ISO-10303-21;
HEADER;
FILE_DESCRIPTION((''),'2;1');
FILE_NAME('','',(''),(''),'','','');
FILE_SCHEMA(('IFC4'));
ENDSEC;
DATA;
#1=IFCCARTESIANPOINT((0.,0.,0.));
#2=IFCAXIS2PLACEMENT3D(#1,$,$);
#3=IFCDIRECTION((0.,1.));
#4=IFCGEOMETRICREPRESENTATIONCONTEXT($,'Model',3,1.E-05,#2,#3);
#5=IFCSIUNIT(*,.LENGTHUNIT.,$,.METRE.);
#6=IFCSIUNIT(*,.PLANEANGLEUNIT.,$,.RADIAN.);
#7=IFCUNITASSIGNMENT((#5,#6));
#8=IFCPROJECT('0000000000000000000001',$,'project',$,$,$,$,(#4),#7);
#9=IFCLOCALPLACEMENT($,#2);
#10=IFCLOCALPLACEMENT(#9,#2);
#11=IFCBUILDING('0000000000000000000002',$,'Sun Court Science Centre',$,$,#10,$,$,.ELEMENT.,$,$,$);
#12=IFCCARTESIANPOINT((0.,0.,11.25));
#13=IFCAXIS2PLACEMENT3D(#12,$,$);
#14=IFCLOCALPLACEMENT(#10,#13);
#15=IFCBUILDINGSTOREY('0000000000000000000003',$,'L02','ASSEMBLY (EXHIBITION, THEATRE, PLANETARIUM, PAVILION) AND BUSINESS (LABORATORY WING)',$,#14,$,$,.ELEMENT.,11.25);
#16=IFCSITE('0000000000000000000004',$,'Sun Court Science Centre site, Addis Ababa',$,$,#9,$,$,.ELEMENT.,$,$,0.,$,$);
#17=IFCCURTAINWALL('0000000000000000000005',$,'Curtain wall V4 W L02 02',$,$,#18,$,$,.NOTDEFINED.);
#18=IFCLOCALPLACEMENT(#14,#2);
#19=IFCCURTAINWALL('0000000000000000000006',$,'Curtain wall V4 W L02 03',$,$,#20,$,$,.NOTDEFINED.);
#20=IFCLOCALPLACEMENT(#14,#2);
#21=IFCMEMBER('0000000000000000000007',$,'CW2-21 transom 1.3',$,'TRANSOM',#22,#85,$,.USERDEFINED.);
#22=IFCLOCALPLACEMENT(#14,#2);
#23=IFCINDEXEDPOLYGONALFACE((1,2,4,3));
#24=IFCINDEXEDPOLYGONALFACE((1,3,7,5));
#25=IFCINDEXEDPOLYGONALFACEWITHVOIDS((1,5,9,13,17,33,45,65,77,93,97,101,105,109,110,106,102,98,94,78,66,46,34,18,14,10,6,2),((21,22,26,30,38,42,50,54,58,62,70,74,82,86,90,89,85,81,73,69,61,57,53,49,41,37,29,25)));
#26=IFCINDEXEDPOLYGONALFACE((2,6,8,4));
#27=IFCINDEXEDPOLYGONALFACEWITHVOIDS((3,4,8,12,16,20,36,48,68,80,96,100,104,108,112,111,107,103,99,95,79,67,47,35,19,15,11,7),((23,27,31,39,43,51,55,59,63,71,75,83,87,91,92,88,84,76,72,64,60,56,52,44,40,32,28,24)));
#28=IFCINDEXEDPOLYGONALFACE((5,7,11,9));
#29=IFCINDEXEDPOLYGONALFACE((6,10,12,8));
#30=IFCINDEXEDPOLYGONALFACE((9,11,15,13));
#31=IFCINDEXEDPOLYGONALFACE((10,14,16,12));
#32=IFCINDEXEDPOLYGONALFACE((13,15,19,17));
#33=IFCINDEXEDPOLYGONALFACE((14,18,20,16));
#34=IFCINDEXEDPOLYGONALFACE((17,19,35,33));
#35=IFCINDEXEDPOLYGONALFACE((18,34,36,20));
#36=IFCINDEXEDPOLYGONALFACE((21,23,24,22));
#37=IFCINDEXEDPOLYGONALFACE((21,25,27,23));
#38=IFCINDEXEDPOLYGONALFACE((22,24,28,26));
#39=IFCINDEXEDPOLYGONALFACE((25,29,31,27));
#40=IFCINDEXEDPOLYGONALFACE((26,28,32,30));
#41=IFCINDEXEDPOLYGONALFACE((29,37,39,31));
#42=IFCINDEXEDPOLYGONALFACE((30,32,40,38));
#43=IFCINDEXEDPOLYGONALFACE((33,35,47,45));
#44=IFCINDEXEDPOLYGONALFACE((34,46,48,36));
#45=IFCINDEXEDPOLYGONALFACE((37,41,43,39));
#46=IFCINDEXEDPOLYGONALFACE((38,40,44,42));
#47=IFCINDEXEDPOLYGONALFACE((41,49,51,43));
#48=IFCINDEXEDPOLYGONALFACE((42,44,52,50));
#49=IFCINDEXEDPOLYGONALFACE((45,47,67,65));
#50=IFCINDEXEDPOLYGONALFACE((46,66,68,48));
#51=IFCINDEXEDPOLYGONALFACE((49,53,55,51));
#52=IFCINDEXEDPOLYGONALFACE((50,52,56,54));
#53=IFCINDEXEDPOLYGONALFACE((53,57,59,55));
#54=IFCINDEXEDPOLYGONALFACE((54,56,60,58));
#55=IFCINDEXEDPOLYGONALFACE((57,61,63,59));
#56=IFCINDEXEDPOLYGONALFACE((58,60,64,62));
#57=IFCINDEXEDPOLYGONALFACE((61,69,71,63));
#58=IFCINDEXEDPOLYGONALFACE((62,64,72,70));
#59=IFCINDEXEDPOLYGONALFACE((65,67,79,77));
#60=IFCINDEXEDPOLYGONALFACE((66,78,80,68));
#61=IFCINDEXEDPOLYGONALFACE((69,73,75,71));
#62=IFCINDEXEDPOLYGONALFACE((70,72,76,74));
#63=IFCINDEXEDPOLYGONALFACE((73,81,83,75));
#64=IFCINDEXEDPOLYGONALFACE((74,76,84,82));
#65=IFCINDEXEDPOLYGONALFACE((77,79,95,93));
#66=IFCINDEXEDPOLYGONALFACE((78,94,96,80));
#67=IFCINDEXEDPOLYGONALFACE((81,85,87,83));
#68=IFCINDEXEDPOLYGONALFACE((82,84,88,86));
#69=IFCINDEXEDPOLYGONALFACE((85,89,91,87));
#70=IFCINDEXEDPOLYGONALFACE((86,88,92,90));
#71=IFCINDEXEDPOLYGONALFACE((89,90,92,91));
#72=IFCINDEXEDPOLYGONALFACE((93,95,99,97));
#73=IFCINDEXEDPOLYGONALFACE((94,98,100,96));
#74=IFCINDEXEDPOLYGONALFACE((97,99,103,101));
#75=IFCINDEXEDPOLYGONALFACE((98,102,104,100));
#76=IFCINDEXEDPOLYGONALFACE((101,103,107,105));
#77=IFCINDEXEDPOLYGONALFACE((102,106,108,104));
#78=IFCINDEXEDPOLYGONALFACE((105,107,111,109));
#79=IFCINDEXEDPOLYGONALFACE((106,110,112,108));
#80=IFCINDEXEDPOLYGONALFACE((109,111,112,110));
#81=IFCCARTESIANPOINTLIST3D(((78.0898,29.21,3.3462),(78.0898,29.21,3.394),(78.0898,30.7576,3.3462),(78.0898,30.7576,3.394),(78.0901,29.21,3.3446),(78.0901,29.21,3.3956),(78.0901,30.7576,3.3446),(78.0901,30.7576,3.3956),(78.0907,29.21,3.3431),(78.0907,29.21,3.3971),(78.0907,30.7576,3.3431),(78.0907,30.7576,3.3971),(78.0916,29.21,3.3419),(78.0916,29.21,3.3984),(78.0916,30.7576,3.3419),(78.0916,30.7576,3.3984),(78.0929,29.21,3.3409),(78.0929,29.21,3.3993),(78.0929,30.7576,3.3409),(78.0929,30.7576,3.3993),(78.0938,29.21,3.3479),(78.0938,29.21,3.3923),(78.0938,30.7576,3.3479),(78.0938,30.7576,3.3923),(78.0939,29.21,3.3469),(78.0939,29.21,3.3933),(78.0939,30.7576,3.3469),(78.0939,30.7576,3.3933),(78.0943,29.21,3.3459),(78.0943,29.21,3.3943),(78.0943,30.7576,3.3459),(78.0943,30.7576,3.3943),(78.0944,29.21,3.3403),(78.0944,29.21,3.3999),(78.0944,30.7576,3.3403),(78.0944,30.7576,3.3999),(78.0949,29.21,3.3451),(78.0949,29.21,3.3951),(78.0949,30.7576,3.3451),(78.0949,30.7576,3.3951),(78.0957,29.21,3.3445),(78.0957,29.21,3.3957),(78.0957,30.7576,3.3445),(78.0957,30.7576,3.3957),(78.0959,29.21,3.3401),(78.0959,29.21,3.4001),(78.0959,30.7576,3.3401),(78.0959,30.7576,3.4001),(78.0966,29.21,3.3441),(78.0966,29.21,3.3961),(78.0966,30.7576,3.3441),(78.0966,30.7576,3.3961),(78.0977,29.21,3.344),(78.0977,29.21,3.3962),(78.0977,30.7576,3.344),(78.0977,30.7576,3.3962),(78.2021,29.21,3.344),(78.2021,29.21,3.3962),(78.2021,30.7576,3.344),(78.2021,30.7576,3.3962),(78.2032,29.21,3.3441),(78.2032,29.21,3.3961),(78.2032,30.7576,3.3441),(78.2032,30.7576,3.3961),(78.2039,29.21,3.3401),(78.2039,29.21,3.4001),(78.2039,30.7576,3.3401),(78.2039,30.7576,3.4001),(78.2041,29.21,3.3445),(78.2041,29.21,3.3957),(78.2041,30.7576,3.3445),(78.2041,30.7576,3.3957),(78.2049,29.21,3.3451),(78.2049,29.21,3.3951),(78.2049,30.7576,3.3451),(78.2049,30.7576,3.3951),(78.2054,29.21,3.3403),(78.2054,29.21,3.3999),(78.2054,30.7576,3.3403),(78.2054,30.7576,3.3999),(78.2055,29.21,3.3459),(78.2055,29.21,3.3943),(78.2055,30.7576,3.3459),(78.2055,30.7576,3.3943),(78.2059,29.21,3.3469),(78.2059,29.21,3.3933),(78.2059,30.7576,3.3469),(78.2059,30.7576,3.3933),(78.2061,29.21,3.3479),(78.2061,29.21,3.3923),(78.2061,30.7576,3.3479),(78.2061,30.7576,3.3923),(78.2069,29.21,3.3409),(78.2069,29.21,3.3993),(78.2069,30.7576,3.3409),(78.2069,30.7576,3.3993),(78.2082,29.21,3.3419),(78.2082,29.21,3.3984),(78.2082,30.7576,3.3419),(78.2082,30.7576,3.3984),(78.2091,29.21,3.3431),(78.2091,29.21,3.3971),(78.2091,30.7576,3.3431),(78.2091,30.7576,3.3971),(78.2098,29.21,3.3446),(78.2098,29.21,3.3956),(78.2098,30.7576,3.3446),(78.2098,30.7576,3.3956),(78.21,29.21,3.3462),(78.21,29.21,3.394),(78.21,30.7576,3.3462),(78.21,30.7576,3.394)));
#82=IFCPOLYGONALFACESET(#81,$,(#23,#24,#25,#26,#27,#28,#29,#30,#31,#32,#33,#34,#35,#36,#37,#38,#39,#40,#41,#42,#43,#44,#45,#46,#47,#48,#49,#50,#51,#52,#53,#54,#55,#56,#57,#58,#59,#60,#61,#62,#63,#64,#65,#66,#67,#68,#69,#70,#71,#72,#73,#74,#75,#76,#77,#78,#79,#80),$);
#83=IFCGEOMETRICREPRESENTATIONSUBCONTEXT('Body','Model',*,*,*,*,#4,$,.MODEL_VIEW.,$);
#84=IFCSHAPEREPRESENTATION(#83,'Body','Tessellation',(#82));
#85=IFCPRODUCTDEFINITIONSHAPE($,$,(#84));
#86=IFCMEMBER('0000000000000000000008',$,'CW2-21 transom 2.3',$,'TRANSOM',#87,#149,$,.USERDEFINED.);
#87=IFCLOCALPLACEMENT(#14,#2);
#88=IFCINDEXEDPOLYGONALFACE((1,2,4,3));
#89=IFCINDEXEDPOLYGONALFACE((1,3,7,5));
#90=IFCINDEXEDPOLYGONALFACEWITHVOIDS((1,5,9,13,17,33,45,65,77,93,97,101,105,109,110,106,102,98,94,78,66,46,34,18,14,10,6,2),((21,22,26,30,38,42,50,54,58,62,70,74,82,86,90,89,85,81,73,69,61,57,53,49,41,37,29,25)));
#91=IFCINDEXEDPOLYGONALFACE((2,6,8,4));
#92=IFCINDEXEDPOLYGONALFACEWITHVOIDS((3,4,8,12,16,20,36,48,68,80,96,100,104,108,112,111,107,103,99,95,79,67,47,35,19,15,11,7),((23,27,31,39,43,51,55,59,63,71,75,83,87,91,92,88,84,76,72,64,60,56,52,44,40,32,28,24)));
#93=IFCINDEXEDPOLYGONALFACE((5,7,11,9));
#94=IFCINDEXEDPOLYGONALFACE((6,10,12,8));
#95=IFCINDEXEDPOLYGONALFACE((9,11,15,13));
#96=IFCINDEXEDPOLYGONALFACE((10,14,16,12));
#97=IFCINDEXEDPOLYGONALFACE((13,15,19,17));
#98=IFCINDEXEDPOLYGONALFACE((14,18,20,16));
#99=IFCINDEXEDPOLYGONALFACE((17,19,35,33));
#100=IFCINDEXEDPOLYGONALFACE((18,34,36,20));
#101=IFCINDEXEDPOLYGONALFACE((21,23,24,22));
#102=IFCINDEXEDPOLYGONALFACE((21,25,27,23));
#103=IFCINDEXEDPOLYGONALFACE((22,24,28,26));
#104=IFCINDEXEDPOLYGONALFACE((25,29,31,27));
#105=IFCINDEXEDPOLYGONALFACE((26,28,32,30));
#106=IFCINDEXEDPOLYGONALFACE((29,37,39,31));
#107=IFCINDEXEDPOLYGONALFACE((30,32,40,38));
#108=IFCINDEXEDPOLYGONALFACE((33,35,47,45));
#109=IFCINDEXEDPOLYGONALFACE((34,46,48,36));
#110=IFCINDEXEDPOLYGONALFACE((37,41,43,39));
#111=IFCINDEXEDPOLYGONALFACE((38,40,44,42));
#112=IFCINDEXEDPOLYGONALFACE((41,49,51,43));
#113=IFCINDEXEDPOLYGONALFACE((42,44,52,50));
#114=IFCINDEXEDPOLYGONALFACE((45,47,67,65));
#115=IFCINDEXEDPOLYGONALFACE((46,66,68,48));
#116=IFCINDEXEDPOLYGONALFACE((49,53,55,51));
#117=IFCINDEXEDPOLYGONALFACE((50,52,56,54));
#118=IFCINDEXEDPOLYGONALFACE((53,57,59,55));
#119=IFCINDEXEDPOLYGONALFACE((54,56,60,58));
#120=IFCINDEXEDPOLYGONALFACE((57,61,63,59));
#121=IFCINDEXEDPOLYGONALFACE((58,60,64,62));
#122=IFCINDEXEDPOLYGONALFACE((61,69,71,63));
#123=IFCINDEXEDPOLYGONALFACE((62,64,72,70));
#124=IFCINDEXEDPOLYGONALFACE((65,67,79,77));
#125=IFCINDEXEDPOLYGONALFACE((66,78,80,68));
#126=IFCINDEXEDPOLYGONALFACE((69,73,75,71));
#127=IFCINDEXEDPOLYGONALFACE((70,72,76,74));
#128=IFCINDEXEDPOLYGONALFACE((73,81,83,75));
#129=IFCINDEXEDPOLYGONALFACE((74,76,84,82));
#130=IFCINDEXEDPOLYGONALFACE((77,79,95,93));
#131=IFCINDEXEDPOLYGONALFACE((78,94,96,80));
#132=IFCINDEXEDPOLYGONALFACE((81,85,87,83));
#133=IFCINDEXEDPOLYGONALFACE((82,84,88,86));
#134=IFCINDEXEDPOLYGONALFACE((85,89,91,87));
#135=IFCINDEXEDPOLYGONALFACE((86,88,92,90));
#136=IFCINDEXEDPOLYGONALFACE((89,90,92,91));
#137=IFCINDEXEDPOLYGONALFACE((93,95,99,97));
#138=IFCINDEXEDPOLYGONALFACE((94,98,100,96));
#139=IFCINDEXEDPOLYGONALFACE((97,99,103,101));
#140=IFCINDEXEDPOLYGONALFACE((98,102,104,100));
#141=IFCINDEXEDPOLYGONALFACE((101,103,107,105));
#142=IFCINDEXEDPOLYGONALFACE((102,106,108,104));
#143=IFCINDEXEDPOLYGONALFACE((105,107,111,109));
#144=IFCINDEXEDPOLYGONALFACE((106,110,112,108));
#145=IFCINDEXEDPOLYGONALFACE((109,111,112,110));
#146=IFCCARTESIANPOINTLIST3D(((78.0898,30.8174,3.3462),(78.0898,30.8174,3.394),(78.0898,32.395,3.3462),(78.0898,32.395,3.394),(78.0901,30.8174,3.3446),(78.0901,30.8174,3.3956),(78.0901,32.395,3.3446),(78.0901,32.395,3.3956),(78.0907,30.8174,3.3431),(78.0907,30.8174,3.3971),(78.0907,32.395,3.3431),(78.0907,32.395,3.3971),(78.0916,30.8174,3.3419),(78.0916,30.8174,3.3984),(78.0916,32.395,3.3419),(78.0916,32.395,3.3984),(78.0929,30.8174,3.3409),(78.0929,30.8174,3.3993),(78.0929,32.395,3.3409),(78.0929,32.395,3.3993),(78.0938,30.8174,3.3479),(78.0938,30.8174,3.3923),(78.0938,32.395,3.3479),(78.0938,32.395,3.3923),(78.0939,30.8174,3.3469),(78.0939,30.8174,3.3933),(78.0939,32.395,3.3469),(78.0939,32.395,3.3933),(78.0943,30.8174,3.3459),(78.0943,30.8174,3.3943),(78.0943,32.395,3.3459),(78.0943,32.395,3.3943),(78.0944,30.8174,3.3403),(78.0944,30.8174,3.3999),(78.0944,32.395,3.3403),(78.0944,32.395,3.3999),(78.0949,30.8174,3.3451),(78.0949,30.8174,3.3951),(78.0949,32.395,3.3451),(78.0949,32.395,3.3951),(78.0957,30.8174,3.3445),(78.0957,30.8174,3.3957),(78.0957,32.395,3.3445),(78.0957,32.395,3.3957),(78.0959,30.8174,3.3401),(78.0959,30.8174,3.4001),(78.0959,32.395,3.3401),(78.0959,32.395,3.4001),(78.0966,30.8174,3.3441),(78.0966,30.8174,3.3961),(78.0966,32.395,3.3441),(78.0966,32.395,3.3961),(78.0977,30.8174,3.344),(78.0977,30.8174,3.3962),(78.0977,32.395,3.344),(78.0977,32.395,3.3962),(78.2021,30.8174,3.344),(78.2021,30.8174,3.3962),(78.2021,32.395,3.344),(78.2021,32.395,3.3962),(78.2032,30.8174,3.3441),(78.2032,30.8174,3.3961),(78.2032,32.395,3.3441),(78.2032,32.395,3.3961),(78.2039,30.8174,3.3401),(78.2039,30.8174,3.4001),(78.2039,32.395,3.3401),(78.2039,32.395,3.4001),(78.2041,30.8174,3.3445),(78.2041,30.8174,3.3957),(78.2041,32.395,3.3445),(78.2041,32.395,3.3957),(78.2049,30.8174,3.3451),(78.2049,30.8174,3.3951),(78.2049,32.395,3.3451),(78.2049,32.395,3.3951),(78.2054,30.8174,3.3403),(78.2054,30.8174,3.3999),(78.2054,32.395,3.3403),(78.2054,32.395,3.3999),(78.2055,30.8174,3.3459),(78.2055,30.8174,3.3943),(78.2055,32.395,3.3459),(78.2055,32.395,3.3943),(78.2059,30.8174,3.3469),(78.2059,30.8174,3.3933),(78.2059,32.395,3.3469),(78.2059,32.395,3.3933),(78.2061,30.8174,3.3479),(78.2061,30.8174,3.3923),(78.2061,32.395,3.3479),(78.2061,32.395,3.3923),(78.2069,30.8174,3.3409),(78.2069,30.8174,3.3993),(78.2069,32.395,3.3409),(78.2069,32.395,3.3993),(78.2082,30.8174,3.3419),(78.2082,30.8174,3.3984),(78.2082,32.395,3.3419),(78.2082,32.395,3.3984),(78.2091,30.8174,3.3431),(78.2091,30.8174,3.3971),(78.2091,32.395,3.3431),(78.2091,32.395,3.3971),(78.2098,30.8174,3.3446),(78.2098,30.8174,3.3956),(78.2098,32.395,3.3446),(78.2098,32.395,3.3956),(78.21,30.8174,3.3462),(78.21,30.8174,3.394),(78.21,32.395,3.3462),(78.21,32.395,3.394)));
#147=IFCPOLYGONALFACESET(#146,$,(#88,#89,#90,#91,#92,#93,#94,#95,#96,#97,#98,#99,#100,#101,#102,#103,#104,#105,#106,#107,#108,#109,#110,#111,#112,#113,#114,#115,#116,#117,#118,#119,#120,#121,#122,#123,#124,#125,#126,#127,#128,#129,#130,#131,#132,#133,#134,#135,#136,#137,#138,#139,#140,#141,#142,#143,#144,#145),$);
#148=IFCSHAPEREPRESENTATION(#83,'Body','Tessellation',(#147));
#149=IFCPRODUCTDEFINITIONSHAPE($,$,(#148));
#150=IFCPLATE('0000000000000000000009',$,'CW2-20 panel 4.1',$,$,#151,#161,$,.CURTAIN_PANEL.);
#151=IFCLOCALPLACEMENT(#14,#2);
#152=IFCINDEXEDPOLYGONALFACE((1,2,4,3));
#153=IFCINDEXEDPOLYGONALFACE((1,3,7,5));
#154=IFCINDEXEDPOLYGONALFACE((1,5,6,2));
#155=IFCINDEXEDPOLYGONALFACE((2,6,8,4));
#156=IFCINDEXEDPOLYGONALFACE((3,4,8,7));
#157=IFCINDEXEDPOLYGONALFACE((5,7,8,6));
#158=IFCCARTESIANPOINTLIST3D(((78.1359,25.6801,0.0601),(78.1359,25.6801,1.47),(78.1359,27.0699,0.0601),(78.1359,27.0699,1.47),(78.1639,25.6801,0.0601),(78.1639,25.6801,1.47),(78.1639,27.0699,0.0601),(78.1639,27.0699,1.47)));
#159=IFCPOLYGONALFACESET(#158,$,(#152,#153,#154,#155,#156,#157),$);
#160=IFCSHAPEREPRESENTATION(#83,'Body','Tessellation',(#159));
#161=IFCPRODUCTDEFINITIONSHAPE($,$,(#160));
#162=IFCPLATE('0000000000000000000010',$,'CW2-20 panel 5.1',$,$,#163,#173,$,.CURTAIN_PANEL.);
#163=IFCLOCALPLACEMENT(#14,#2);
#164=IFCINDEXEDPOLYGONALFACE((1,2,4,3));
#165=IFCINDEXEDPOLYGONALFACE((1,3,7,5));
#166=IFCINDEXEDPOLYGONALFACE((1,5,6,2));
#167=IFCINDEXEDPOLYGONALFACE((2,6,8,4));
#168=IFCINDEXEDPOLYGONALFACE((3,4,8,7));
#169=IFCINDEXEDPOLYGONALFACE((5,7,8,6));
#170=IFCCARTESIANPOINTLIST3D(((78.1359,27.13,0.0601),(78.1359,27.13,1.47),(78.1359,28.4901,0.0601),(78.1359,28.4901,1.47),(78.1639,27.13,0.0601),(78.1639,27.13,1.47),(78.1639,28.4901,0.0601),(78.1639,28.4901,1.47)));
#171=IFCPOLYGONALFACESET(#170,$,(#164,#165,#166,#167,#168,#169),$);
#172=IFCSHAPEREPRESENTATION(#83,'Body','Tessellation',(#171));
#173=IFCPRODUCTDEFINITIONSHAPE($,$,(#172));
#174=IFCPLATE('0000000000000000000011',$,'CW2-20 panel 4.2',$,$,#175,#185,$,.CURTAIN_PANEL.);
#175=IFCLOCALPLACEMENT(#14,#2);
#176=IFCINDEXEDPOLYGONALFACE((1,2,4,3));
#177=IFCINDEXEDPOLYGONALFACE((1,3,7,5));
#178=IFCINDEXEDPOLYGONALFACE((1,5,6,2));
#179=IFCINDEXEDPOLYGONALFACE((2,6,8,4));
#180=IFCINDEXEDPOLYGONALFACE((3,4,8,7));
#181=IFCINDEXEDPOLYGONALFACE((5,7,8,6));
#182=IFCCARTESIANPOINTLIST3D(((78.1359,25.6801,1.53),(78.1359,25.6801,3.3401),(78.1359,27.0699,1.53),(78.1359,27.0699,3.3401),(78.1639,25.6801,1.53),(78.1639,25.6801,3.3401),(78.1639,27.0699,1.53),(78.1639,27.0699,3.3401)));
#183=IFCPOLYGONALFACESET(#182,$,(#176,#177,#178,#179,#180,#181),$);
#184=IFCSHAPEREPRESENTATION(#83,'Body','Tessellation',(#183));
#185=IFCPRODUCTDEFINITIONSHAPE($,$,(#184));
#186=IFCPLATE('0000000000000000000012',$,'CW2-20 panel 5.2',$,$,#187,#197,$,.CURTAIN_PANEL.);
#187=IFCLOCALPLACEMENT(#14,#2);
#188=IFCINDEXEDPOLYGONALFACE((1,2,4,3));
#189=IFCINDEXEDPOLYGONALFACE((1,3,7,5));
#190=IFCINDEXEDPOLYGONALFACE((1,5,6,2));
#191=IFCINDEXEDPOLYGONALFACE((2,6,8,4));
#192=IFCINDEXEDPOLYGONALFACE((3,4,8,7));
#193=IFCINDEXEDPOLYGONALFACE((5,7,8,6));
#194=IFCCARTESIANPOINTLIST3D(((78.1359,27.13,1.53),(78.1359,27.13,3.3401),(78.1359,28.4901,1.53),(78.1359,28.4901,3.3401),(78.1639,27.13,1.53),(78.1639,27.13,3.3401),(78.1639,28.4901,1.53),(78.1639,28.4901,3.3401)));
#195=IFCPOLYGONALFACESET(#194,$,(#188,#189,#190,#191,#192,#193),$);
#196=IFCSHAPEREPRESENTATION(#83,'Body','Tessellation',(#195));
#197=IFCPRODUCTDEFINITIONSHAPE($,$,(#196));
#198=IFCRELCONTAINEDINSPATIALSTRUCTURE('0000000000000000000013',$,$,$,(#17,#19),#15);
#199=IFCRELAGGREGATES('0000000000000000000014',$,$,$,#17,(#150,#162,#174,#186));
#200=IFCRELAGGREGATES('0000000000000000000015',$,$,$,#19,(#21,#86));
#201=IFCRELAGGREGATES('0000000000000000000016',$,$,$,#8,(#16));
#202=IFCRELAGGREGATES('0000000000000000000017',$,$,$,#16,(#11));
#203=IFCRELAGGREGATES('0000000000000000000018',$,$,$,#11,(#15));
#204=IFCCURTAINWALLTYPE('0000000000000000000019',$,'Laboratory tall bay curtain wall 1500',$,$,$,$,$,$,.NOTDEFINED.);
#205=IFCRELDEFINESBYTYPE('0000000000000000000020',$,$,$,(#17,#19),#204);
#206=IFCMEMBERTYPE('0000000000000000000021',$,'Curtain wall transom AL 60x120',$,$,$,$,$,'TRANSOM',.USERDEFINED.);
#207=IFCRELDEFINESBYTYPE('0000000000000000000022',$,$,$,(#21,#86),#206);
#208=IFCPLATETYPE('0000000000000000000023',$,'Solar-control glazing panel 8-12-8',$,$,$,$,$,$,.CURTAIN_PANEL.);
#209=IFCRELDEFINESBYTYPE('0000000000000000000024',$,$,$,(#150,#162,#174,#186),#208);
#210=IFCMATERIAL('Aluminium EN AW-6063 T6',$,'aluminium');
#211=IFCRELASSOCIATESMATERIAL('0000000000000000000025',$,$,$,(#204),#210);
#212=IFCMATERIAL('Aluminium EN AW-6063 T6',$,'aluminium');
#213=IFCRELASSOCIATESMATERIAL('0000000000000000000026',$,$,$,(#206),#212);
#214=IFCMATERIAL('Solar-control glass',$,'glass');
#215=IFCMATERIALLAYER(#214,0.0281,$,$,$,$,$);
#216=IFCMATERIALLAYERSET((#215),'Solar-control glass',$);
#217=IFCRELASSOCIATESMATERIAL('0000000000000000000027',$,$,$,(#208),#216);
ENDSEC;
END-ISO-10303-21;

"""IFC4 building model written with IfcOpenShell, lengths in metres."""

from ifc_helpers import new_model, si_unit, direction, frame, origin, origin_2d, place, context, subcontext, project, spatial, rectangle, hollow_rectangle, extrude, material, layer, layer_set, material_profile, profile_set, type_object, element, aggregate, save


model = new_model("IFC4")

# Units and contexts
model_context = context("Model", 3, precision=1e-05, world=origin(), true_north=direction((0.0, 1.0)))
body_context = subcontext(model_context, "Body", "Model", "MODEL_VIEW")
ifc_project = project(units=[si_unit("LENGTHUNIT", "METRE"), si_unit("PLANEANGLEUNIT", "RADIAN")], contexts=[model_context])

# Site, building, storey
site_placement = place(None, origin())
site = spatial("IfcSite", under=ifc_project, at=site_placement, Name="Sun Court Science Centre site, Addis Ababa", CompositionType="ELEMENT", RefElevation=0.0)
building_placement = place(site_placement, origin())
building = spatial("IfcBuilding", under=site, at=building_placement, Name="Sun Court Science Centre", CompositionType="ELEMENT")
storey_placement = place(building_placement, frame((0.0, 0.0, 11.25)))
storey = spatial("IfcBuildingStorey", under=building, at=storey_placement, Name="L02", Description="ASSEMBLY (EXHIBITION, THEATRE, PLANETARIUM, PAVILION) AND BUSINESS (LABORATORY WING)", CompositionType="ELEMENT", Elevation=11.25)

# Curtain walls
ifc_material_1 = material(Name="Aluminium EN AW-6063 T6", Category="aluminium")
curtain_wall_type = type_object("IfcCurtainWallType", Name="Laboratory tall bay curtain wall 1500", PredefinedType="NOTDEFINED", material=ifc_material_1)
curtain_wall_1_placement = place(storey_placement, origin())
curtain_wall_1 = element("IfcCurtainWall", 1, at=curtain_wall_1_placement, inside=storey, type_object=curtain_wall_type, Name="Curtain wall V4 W L02 02", PredefinedType="NOTDEFINED")
curtain_wall_2_placement = place(storey_placement, origin())
curtain_wall_2 = element("IfcCurtainWall", 2, at=curtain_wall_2_placement, inside=storey, type_object=curtain_wall_type, Name="Curtain wall V4 W L02 03", PredefinedType="NOTDEFINED")

# Members
ifc_material_2 = material(Name="Aluminium EN AW-6063 T6", Category="aluminium")
ifc_material_profile_1 = material_profile(ifc_material_2, hollow_rectangle(XDim=0.0601, YDim=0.1201, WallThickness=0.0039, InnerFilletRadius=0.0039, OuterFilletRadius=0.0061, at=origin_2d()), Name="AL 60x120x4")
ifc_profile_set_1 = profile_set([ifc_material_profile_1], Name="Aluminium EN AW-6063 T6")
member_type_1 = type_object("IfcMemberType", Name="Curtain wall transom AL 60x120", ElementType="TRANSOM", PredefinedType="USERDEFINED", material=ifc_profile_set_1)
member_1_placement = place(storey_placement, frame((78.1499, 29.21, 3.3701), z_axis=(0.0, 1.0, 0.0), x_axis=(0.0, 0.0, 1.0)))
member_1 = element("IfcMember", 3, at=member_1_placement, type_object=member_type_1, Name="CW2-21 transom 1.3", ObjectType="TRANSOM", PredefinedType="USERDEFINED", context=body_context, shape_type="SweptSolid", body=[
    extrude(hollow_rectangle(XDim=0.0601, YDim=0.1201, WallThickness=0.0039, InnerFilletRadius=0.0039, OuterFilletRadius=0.0061, at=origin_2d()), origin(), (0.0, 0.0, 1.0), 1.5476),
])
member_2_placement = place(storey_placement, frame((78.1499, 30.8174, 3.3701), z_axis=(0.0, 1.0, 0.0), x_axis=(0.0, 0.0, 1.0)))
member_2 = element("IfcMember", 4, at=member_2_placement, type_object=member_type_1, Name="CW2-21 transom 2.3", ObjectType="TRANSOM", PredefinedType="USERDEFINED", context=body_context, shape_type="SweptSolid", body=[
    extrude(hollow_rectangle(XDim=0.0601, YDim=0.1201, WallThickness=0.0039, InnerFilletRadius=0.0039, OuterFilletRadius=0.0061, at=origin_2d()), origin(), (0.0, 0.0, 1.0), 1.5776),
])

# Plates
ifc_material_3 = material(Name="Solar-control glass", Category="glass")
ifc_layer = layer(ifc_material_3, 0.0281)
ifc_layer_set = layer_set([ifc_layer], Name="Solar-control glass")
plate_type = type_object("IfcPlateType", Name="Solar-control glazing panel 8-12-8", PredefinedType="CURTAIN_PANEL", material=ifc_layer_set)
plate_1_placement = place(storey_placement, frame((78.1499, 26.375, 0.0601), z_axis=(0.0, 0.0, 1.0), x_axis=(0.0, 1.0, 0.0)))
plate_1 = element("IfcPlate", 5, at=plate_1_placement, type_object=plate_type, Name="CW2-20 panel 4.1", PredefinedType="CURTAIN_PANEL", context=body_context, shape_type="SweptSolid", body=[
    extrude(rectangle(XDim=1.3899, YDim=0.0281, at=origin_2d()), origin(), (0.0, 0.0, 1.0), 1.4099),
])
plate_2_placement = place(storey_placement, frame((78.1499, 27.8101, 0.0601), z_axis=(0.0, 0.0, 1.0), x_axis=(0.0, 1.0, 0.0)))
plate_2 = element("IfcPlate", 6, at=plate_2_placement, type_object=plate_type, Name="CW2-20 panel 5.1", PredefinedType="CURTAIN_PANEL", context=body_context, shape_type="SweptSolid", body=[
    extrude(rectangle(XDim=1.3601, YDim=0.0281, at=origin_2d()), origin(), (0.0, 0.0, 1.0), 1.4099),
])
plate_3_placement = place(storey_placement, frame((78.1499, 26.375, 1.53), z_axis=(0.0, 0.0, 1.0), x_axis=(0.0, 1.0, 0.0)))
plate_3 = element("IfcPlate", 7, at=plate_3_placement, type_object=plate_type, Name="CW2-20 panel 4.2", PredefinedType="CURTAIN_PANEL", context=body_context, shape_type="SweptSolid", body=[
    extrude(rectangle(XDim=1.3899, YDim=0.0281, at=origin_2d()), origin(), (0.0, 0.0, 1.0), 1.8101),
])
plate_4_placement = place(storey_placement, frame((78.1499, 27.8101, 1.53), z_axis=(0.0, 0.0, 1.0), x_axis=(0.0, 1.0, 0.0)))
plate_4 = element("IfcPlate", 8, at=plate_4_placement, type_object=plate_type, Name="CW2-20 panel 5.2", PredefinedType="CURTAIN_PANEL", context=body_context, shape_type="SweptSolid", body=[
    extrude(rectangle(XDim=1.3601, YDim=0.0281, at=origin_2d()), origin(), (0.0, 0.0, 1.0), 1.8101),
])
aggregate(curtain_wall_1, [plate_1, plate_2, plate_3, plate_4])
aggregate(curtain_wall_2, [member_1, member_2])

save(model, "model.ifc")
